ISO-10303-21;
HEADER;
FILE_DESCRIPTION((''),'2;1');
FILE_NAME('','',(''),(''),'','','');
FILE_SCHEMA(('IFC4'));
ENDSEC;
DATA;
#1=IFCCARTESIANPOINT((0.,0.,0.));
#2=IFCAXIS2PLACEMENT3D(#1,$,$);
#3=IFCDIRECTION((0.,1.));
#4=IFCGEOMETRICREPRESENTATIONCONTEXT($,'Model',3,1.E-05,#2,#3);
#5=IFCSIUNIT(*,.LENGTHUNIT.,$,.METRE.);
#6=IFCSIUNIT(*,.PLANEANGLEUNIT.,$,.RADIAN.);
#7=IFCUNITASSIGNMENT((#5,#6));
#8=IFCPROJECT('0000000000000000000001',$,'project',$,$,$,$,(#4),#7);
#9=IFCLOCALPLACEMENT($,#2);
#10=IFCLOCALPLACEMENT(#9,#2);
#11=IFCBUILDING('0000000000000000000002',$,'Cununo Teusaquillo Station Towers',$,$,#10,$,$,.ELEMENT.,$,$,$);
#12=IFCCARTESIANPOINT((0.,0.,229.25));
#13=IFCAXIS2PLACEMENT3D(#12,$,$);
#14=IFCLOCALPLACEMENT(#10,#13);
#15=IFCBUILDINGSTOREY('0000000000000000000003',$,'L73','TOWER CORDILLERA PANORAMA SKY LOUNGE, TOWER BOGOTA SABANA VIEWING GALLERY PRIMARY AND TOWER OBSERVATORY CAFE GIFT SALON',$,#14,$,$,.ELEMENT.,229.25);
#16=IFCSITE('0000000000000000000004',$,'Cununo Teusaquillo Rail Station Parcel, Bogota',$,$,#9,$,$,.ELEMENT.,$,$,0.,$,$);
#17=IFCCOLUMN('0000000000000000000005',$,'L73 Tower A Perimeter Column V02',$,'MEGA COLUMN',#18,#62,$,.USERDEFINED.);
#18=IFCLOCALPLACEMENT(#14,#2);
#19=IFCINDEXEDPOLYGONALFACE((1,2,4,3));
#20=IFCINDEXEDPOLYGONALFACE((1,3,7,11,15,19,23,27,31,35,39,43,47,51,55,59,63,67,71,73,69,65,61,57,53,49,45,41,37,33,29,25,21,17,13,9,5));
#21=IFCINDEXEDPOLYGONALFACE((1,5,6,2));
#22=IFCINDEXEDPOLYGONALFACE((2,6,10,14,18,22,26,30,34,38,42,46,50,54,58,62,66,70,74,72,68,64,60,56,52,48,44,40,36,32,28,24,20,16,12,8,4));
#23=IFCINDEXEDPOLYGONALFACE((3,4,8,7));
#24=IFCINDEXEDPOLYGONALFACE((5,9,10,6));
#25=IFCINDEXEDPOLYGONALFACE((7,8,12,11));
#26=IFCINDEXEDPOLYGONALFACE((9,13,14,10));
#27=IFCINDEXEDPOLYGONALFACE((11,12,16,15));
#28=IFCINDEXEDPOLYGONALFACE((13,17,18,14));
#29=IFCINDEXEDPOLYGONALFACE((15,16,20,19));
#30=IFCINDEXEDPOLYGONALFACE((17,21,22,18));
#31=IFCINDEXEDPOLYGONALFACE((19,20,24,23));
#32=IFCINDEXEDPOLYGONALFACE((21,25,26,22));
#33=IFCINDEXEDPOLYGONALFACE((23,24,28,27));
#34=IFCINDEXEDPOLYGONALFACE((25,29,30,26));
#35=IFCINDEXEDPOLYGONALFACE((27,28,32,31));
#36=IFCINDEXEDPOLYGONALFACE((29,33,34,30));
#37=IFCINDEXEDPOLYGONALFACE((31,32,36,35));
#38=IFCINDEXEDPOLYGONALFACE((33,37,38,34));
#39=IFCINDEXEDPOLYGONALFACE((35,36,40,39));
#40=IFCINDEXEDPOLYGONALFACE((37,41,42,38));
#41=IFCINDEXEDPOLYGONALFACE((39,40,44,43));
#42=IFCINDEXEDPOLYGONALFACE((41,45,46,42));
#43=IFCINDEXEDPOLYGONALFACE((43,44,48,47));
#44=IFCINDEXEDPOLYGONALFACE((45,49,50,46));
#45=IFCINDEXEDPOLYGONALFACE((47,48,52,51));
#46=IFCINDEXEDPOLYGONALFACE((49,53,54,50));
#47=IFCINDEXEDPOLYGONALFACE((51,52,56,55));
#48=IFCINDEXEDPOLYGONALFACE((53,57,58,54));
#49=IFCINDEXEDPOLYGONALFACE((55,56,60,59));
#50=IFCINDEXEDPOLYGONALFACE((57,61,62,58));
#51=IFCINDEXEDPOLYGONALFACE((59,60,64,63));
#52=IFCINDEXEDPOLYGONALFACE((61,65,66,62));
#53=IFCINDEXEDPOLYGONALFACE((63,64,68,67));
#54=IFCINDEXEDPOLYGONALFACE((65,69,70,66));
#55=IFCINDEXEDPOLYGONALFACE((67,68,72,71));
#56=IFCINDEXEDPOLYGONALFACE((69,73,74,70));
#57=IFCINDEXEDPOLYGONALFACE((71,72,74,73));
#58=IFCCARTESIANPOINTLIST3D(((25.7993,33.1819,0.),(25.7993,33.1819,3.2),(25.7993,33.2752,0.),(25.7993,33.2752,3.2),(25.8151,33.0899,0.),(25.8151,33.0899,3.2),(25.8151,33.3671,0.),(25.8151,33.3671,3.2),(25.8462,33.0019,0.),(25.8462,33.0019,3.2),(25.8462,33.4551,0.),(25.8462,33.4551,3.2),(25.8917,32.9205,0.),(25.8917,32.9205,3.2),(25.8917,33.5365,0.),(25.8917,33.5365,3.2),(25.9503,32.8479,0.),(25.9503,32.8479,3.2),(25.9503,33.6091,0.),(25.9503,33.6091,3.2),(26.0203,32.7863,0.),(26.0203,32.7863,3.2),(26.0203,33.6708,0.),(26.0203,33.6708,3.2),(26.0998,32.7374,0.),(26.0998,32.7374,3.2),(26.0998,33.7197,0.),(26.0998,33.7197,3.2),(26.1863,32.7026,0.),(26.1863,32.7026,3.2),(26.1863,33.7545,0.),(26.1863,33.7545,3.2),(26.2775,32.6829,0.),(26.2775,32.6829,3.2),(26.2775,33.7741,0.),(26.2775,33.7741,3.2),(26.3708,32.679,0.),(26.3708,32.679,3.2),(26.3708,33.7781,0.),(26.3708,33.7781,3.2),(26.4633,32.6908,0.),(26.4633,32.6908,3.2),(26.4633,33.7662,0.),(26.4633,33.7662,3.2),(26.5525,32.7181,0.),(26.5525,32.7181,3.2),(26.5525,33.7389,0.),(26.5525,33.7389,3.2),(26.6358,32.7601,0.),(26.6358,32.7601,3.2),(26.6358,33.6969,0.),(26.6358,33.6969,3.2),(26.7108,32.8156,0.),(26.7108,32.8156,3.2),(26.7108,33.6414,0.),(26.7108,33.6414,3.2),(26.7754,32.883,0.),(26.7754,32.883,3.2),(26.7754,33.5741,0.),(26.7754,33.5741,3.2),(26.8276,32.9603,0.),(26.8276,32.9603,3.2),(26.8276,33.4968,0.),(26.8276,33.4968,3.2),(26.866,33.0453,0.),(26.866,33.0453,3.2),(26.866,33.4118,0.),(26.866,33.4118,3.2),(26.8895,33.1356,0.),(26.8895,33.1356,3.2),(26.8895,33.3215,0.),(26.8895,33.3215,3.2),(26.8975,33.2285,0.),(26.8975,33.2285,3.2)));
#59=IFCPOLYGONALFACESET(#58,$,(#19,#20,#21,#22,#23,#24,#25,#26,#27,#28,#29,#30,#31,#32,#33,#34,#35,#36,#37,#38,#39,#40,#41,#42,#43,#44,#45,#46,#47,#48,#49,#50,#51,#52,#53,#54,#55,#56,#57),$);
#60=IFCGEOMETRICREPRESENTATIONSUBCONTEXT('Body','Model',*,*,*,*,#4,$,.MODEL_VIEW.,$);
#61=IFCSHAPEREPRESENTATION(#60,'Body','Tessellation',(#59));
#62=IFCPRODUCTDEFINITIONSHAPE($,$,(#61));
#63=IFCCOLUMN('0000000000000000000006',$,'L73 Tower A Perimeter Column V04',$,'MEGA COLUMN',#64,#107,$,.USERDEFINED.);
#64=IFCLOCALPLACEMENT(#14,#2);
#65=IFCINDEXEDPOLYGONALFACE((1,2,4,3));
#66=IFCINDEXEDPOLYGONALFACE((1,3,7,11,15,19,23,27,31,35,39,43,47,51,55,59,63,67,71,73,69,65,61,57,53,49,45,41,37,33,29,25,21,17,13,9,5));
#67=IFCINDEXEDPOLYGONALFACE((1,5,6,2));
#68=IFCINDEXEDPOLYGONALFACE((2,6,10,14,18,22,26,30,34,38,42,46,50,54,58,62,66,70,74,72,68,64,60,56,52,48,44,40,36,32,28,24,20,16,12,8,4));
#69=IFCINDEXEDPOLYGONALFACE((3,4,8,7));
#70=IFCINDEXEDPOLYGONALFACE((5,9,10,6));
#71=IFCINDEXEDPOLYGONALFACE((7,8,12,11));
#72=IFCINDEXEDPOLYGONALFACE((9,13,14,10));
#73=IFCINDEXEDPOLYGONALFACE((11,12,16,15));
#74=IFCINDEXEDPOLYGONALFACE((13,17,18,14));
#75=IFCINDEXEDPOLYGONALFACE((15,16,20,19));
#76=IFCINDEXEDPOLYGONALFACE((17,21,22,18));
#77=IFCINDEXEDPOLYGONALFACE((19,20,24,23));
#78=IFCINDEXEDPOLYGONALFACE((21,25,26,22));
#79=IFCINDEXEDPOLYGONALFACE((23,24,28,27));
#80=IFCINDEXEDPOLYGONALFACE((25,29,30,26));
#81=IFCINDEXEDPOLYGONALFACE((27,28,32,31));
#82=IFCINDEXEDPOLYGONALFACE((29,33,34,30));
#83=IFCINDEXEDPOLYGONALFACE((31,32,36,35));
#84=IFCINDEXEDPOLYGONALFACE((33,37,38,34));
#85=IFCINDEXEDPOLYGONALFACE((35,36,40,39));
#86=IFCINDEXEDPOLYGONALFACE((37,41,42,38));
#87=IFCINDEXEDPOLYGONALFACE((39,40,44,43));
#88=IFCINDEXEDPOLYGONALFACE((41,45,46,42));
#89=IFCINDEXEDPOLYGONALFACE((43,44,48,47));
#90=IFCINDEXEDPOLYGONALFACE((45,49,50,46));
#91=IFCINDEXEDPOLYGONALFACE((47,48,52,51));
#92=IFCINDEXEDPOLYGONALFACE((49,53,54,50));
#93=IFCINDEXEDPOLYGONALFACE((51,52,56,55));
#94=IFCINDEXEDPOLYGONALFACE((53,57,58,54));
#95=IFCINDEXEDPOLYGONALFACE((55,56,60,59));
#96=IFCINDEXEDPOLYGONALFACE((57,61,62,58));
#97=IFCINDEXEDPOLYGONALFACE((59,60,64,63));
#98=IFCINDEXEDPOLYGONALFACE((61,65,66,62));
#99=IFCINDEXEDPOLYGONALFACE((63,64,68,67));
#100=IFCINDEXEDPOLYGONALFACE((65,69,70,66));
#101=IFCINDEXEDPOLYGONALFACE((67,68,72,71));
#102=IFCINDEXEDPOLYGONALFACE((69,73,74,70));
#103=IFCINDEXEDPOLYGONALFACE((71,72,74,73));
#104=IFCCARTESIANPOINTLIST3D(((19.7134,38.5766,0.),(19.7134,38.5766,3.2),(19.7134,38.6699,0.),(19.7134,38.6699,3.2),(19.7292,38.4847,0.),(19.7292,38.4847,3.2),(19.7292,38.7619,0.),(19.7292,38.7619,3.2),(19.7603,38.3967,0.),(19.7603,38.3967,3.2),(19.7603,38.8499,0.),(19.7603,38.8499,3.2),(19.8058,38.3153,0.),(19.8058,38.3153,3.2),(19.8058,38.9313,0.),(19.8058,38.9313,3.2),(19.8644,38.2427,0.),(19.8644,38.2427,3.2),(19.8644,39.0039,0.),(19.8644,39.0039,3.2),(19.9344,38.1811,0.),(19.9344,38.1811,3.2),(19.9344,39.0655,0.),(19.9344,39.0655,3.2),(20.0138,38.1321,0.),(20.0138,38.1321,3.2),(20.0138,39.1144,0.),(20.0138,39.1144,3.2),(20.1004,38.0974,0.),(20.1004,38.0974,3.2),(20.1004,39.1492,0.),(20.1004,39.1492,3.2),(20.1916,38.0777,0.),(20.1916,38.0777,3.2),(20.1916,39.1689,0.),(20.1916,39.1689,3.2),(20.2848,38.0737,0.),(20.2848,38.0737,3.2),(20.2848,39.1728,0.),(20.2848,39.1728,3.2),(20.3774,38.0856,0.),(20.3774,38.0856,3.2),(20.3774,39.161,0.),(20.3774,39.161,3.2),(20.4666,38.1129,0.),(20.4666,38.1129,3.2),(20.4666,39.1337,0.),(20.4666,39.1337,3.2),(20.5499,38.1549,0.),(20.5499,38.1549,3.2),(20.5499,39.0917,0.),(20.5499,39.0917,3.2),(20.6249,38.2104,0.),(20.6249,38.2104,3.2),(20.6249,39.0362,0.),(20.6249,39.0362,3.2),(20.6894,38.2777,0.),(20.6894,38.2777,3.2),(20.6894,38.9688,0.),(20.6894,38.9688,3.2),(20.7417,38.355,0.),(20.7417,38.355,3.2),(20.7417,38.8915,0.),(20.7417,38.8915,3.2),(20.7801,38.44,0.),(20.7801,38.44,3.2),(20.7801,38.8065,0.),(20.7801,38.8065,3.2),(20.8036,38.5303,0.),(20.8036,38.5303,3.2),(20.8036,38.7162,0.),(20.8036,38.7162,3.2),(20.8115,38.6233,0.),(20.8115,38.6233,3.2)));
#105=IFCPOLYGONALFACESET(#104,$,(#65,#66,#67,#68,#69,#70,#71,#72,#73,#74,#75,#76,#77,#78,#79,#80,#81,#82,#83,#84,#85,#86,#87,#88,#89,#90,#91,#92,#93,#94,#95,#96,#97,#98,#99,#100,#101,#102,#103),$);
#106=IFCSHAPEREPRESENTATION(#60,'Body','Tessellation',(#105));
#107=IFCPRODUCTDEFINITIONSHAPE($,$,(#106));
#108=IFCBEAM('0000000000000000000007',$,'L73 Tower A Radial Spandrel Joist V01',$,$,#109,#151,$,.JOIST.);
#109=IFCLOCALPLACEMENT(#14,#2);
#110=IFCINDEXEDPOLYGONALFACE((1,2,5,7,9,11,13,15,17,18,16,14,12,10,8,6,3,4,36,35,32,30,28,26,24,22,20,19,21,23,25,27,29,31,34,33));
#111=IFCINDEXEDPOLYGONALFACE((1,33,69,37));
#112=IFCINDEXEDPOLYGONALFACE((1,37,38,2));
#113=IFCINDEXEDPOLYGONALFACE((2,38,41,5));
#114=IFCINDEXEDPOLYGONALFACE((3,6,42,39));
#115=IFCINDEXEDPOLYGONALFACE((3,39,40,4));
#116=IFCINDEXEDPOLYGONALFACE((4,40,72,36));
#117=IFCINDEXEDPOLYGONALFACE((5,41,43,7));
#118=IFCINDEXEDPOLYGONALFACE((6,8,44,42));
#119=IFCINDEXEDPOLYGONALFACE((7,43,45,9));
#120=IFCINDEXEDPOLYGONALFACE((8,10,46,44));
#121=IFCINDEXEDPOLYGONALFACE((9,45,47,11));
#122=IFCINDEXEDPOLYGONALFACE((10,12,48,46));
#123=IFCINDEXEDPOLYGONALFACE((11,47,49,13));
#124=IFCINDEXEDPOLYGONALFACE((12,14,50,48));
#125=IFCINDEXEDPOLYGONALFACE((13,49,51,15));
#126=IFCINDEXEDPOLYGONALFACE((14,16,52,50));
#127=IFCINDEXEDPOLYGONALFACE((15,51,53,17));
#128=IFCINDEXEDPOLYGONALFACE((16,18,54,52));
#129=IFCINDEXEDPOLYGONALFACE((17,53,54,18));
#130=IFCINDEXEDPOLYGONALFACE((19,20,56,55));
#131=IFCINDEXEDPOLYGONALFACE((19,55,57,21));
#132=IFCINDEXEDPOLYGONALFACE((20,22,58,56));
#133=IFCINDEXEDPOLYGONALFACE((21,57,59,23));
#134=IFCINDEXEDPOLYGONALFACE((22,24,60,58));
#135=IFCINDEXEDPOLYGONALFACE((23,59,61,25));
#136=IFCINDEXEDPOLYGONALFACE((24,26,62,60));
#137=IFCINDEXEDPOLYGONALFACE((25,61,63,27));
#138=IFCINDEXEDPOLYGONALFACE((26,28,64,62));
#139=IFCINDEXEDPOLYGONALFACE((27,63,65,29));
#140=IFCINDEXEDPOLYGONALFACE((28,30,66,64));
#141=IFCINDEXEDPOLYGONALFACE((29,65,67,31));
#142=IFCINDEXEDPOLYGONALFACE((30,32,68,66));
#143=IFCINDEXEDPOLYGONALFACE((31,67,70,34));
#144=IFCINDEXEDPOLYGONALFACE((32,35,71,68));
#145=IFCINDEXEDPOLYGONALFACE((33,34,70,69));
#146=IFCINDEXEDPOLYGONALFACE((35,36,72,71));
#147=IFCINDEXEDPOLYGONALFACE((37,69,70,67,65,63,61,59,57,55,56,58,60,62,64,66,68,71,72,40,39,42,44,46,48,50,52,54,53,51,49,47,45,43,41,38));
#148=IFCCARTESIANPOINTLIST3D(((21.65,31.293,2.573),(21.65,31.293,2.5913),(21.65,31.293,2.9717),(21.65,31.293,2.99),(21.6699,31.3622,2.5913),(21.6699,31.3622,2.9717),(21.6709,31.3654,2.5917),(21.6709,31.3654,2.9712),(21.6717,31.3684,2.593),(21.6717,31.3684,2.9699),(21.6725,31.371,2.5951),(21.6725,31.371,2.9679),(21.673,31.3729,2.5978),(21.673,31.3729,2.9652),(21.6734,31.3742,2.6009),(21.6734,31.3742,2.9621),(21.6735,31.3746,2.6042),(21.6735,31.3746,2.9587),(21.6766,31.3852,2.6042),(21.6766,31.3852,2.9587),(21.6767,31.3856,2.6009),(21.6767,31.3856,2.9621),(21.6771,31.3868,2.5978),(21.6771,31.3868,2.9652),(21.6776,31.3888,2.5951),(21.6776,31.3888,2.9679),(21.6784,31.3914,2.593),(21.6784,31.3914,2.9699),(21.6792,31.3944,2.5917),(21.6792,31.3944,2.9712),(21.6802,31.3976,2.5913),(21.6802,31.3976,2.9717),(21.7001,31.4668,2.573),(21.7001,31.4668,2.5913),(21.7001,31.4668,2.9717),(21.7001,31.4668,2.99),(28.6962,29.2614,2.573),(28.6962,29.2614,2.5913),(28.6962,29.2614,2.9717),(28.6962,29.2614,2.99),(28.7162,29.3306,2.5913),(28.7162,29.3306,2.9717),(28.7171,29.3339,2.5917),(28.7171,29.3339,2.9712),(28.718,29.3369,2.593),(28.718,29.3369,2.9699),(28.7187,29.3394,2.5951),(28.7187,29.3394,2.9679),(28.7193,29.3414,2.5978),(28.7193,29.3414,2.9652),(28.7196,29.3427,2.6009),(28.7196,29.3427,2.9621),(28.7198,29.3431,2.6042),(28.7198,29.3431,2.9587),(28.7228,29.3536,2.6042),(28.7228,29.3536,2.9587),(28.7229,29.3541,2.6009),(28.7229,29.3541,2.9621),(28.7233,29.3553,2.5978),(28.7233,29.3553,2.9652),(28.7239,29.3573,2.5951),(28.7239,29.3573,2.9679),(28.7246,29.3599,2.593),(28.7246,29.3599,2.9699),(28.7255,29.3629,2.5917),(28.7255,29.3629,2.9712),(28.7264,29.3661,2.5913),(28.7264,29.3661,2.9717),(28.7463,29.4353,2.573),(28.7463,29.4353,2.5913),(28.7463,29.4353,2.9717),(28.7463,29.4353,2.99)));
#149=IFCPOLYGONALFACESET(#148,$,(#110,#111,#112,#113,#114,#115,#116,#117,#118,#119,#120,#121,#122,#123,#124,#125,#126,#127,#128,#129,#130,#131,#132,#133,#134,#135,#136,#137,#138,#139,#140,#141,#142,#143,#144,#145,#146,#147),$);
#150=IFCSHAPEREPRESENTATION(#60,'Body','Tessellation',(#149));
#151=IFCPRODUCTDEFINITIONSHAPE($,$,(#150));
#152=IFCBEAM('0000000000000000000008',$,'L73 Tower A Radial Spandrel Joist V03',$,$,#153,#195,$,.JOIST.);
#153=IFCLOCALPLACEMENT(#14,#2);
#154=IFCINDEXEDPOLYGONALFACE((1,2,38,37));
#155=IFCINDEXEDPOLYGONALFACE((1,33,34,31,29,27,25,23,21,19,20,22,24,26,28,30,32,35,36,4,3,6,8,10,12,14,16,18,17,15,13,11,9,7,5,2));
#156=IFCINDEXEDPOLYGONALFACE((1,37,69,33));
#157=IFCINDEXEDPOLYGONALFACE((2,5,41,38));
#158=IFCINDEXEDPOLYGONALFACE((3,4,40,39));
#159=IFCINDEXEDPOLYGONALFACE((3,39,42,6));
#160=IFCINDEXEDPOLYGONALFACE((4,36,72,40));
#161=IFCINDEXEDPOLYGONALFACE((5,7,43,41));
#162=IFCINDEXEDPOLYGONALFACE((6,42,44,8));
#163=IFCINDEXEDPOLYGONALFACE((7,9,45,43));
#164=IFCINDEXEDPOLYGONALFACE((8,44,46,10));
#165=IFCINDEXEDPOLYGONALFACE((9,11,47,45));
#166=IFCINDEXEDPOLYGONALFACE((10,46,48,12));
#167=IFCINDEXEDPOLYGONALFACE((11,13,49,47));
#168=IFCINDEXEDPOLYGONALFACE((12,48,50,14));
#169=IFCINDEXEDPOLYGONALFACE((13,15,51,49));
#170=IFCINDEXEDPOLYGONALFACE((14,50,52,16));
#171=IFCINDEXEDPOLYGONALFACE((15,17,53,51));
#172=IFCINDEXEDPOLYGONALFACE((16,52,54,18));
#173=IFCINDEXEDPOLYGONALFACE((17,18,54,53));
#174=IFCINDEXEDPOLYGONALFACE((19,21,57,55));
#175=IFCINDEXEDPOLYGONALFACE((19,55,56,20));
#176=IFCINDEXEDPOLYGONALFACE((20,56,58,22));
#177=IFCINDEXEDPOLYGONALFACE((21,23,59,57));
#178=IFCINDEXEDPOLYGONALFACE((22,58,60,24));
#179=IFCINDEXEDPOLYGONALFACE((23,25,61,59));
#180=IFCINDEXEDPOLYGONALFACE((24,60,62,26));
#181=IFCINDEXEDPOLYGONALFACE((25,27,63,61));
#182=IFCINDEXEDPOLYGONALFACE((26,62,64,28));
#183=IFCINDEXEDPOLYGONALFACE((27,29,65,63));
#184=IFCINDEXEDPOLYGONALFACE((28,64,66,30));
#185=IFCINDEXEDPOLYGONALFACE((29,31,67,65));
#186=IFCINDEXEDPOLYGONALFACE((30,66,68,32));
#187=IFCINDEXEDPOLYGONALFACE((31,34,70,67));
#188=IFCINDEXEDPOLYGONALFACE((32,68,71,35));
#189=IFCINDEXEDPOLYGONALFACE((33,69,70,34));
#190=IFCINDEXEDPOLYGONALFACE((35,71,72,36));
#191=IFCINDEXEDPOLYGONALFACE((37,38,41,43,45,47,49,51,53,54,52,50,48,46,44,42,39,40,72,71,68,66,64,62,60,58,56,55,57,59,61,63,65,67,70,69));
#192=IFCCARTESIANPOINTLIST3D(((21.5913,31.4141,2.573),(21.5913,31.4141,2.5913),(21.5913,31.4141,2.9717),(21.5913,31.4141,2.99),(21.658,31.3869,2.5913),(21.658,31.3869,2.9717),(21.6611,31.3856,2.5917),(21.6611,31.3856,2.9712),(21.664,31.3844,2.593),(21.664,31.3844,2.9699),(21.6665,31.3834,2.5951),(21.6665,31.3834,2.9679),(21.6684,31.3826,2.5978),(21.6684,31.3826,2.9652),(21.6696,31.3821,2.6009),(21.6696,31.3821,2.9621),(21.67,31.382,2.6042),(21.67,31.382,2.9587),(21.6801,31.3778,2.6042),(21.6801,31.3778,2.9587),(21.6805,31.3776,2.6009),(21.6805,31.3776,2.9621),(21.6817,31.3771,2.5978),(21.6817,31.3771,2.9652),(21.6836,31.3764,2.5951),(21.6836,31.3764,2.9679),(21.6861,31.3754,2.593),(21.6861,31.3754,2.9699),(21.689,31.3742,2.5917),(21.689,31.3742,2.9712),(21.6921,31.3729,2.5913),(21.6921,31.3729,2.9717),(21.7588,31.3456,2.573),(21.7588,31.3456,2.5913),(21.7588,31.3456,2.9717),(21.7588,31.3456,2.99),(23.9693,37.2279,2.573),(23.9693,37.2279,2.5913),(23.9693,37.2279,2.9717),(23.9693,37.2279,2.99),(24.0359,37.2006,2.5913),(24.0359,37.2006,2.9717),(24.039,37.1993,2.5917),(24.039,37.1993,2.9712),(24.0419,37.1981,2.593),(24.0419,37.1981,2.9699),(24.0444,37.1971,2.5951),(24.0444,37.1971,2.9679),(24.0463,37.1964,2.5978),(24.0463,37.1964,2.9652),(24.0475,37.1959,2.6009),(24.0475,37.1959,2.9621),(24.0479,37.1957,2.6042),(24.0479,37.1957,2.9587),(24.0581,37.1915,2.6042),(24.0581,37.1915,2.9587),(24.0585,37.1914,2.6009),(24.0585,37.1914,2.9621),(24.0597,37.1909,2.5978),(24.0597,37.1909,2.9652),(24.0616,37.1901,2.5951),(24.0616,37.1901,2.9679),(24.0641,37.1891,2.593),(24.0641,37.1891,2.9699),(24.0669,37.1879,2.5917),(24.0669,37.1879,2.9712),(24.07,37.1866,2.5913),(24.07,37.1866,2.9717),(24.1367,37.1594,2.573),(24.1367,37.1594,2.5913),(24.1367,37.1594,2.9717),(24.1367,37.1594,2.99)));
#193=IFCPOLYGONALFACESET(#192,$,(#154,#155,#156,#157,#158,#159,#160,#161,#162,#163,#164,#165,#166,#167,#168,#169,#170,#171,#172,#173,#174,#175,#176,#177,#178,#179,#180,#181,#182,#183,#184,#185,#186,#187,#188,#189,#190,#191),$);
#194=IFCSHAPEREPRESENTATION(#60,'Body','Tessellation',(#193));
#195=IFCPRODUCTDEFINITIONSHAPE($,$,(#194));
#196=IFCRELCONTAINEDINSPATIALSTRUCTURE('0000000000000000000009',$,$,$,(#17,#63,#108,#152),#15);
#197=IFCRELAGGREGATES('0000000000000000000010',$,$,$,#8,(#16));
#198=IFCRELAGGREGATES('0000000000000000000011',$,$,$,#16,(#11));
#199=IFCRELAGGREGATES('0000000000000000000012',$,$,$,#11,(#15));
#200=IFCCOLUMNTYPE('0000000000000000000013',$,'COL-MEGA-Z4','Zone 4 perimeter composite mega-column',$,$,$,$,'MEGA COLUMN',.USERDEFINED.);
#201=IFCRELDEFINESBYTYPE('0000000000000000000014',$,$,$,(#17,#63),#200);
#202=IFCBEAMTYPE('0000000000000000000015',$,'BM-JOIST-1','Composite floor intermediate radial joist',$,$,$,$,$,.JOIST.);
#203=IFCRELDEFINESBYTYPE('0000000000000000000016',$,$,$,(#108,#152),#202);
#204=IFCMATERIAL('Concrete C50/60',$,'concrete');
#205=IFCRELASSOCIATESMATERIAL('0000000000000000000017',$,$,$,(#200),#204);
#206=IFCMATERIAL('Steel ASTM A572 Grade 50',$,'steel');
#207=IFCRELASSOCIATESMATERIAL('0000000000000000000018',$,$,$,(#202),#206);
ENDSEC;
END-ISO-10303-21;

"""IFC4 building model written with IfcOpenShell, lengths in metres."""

from ifc_helpers import new_model, si_unit, direction, frame, origin, origin_2d, place, context, subcontext, project, spatial, circle, i_section, extrude, material, material_profile, profile_set, type_object, element, save


model = new_model("IFC4")

# Units and contexts
model_context = context("Model", 3, precision=1e-05, world=origin(), true_north=direction((0.0, 1.0)))
body_context = subcontext(model_context, "Body", "Model", "MODEL_VIEW")
ifc_project = project(units=[si_unit("LENGTHUNIT", "METRE"), si_unit("PLANEANGLEUNIT", "RADIAN")], contexts=[model_context])

# Site, building, storey
site_placement = place(None, origin())
site = spatial("IfcSite", under=ifc_project, at=site_placement, Name="Cununo Teusaquillo Rail Station Parcel, Bogota", CompositionType="ELEMENT", RefElevation=0.0)
building_placement = place(site_placement, origin())
building = spatial("IfcBuilding", under=site, at=building_placement, Name="Cununo Teusaquillo Station Towers", CompositionType="ELEMENT")
storey_placement = place(building_placement, frame((0.0, 0.0, 229.25)))
storey = spatial("IfcBuildingStorey", under=building, at=storey_placement, Name="L73", Description="TOWER CORDILLERA PANORAMA SKY LOUNGE, TOWER BOGOTA SABANA VIEWING GALLERY PRIMARY AND TOWER OBSERVATORY CAFE GIFT SALON", CompositionType="ELEMENT", Elevation=229.25)

# Columns
ifc_material_1 = material(Name="Concrete C50/60", Category="concrete")
ifc_material_profile_1 = material_profile(ifc_material_1, circle(Radius=0.55, at=origin_2d()), Name="RC-CIRC-1100")
ifc_profile_set_1 = profile_set([ifc_material_profile_1], Name="Concrete C50/60")
column_type = type_object("IfcColumnType", Name="COL-MEGA-Z4", Description="Zone 4 perimeter composite mega-column", ElementType="MEGA COLUMN", PredefinedType="USERDEFINED", material=ifc_profile_set_1)
for number, where, z_axis, x_axis, name in (
    (1, (26.3474, 33.2285, 0.0), (0.0, 0.0, 1.0), (1.0, 0.0, 0.0), "L73 Tower A Perimeter Column V02"),
    (2, (20.2615, 38.6233, 0.0), (0.0, 0.0, 1.0), (1.0, 0.0, 0.0), "L73 Tower A Perimeter Column V04"),
):
    element("IfcColumn", number, at=place(storey_placement, frame(where, z_axis=z_axis, x_axis=x_axis)), inside=storey, type_object=column_type, Name=name, ObjectType="MEGA COLUMN", PredefinedType="USERDEFINED", context=body_context, shape_type="SweptSolid", body=[
        extrude(circle(Radius=0.55, at=origin_2d()), origin(), (0.0, 0.0, 1.0), 3.2),
    ])

# Beams
ifc_material_2 = material(Name="Steel ASTM A572 Grade 50", Category="steel")
ifc_material_profile_2 = material_profile(ifc_material_2, i_section(OverallWidth=0.1809, OverallDepth=0.417, WebThickness=0.011, FlangeThickness=0.0183, FilletRadius=0.0129, at=origin_2d()), Name="W16X57")
ifc_profile_set_2 = profile_set([ifc_material_profile_2], Name="Steel ASTM A572 Grade 50")
beam_type_1 = type_object("IfcBeamType", Name="BM-JOIST-1", Description="Composite floor intermediate radial joist", PredefinedType="JOIST", material=ifc_profile_set_2)
beam_1_placement = place(storey_placement, frame((21.675, 31.3799, 2.7815), z_axis=(0.960862, -0.277029, 0.0), x_axis=(0.277029, 0.960862, 0.0)))
element("IfcBeam", 3, at=beam_1_placement, inside=storey, type_object=beam_type_1, Name="L73 Tower A Radial Spandrel Joist V01", PredefinedType="JOIST", context=body_context, shape_type="SweptSolid", body=[
    extrude(i_section(OverallWidth=0.1809, OverallDepth=0.417, WebThickness=0.011, FlangeThickness=0.0183, FilletRadius=0.0129, at=origin_2d()), origin(), (0.0, 0.0, 1.0), 7.3333),
])
beam_2_placement = place(storey_placement, frame((21.675, 31.3799, 2.7815), z_axis=(0.378577, 0.92557, 0.0), x_axis=(-0.92557, 0.378577, 0.0)))
element("IfcBeam", 4, at=beam_2_placement, inside=storey, type_object=beam_type_1, Name="L73 Tower A Radial Spandrel Joist V03", PredefinedType="JOIST", context=body_context, shape_type="SweptSolid", body=[
    extrude(i_section(OverallWidth=0.1809, OverallDepth=0.417, WebThickness=0.011, FlangeThickness=0.0183, FilletRadius=0.0129, at=origin_2d()), origin(), (0.0, 0.0, 1.0), 6.2812),
])

save(model, "model.ifc")
